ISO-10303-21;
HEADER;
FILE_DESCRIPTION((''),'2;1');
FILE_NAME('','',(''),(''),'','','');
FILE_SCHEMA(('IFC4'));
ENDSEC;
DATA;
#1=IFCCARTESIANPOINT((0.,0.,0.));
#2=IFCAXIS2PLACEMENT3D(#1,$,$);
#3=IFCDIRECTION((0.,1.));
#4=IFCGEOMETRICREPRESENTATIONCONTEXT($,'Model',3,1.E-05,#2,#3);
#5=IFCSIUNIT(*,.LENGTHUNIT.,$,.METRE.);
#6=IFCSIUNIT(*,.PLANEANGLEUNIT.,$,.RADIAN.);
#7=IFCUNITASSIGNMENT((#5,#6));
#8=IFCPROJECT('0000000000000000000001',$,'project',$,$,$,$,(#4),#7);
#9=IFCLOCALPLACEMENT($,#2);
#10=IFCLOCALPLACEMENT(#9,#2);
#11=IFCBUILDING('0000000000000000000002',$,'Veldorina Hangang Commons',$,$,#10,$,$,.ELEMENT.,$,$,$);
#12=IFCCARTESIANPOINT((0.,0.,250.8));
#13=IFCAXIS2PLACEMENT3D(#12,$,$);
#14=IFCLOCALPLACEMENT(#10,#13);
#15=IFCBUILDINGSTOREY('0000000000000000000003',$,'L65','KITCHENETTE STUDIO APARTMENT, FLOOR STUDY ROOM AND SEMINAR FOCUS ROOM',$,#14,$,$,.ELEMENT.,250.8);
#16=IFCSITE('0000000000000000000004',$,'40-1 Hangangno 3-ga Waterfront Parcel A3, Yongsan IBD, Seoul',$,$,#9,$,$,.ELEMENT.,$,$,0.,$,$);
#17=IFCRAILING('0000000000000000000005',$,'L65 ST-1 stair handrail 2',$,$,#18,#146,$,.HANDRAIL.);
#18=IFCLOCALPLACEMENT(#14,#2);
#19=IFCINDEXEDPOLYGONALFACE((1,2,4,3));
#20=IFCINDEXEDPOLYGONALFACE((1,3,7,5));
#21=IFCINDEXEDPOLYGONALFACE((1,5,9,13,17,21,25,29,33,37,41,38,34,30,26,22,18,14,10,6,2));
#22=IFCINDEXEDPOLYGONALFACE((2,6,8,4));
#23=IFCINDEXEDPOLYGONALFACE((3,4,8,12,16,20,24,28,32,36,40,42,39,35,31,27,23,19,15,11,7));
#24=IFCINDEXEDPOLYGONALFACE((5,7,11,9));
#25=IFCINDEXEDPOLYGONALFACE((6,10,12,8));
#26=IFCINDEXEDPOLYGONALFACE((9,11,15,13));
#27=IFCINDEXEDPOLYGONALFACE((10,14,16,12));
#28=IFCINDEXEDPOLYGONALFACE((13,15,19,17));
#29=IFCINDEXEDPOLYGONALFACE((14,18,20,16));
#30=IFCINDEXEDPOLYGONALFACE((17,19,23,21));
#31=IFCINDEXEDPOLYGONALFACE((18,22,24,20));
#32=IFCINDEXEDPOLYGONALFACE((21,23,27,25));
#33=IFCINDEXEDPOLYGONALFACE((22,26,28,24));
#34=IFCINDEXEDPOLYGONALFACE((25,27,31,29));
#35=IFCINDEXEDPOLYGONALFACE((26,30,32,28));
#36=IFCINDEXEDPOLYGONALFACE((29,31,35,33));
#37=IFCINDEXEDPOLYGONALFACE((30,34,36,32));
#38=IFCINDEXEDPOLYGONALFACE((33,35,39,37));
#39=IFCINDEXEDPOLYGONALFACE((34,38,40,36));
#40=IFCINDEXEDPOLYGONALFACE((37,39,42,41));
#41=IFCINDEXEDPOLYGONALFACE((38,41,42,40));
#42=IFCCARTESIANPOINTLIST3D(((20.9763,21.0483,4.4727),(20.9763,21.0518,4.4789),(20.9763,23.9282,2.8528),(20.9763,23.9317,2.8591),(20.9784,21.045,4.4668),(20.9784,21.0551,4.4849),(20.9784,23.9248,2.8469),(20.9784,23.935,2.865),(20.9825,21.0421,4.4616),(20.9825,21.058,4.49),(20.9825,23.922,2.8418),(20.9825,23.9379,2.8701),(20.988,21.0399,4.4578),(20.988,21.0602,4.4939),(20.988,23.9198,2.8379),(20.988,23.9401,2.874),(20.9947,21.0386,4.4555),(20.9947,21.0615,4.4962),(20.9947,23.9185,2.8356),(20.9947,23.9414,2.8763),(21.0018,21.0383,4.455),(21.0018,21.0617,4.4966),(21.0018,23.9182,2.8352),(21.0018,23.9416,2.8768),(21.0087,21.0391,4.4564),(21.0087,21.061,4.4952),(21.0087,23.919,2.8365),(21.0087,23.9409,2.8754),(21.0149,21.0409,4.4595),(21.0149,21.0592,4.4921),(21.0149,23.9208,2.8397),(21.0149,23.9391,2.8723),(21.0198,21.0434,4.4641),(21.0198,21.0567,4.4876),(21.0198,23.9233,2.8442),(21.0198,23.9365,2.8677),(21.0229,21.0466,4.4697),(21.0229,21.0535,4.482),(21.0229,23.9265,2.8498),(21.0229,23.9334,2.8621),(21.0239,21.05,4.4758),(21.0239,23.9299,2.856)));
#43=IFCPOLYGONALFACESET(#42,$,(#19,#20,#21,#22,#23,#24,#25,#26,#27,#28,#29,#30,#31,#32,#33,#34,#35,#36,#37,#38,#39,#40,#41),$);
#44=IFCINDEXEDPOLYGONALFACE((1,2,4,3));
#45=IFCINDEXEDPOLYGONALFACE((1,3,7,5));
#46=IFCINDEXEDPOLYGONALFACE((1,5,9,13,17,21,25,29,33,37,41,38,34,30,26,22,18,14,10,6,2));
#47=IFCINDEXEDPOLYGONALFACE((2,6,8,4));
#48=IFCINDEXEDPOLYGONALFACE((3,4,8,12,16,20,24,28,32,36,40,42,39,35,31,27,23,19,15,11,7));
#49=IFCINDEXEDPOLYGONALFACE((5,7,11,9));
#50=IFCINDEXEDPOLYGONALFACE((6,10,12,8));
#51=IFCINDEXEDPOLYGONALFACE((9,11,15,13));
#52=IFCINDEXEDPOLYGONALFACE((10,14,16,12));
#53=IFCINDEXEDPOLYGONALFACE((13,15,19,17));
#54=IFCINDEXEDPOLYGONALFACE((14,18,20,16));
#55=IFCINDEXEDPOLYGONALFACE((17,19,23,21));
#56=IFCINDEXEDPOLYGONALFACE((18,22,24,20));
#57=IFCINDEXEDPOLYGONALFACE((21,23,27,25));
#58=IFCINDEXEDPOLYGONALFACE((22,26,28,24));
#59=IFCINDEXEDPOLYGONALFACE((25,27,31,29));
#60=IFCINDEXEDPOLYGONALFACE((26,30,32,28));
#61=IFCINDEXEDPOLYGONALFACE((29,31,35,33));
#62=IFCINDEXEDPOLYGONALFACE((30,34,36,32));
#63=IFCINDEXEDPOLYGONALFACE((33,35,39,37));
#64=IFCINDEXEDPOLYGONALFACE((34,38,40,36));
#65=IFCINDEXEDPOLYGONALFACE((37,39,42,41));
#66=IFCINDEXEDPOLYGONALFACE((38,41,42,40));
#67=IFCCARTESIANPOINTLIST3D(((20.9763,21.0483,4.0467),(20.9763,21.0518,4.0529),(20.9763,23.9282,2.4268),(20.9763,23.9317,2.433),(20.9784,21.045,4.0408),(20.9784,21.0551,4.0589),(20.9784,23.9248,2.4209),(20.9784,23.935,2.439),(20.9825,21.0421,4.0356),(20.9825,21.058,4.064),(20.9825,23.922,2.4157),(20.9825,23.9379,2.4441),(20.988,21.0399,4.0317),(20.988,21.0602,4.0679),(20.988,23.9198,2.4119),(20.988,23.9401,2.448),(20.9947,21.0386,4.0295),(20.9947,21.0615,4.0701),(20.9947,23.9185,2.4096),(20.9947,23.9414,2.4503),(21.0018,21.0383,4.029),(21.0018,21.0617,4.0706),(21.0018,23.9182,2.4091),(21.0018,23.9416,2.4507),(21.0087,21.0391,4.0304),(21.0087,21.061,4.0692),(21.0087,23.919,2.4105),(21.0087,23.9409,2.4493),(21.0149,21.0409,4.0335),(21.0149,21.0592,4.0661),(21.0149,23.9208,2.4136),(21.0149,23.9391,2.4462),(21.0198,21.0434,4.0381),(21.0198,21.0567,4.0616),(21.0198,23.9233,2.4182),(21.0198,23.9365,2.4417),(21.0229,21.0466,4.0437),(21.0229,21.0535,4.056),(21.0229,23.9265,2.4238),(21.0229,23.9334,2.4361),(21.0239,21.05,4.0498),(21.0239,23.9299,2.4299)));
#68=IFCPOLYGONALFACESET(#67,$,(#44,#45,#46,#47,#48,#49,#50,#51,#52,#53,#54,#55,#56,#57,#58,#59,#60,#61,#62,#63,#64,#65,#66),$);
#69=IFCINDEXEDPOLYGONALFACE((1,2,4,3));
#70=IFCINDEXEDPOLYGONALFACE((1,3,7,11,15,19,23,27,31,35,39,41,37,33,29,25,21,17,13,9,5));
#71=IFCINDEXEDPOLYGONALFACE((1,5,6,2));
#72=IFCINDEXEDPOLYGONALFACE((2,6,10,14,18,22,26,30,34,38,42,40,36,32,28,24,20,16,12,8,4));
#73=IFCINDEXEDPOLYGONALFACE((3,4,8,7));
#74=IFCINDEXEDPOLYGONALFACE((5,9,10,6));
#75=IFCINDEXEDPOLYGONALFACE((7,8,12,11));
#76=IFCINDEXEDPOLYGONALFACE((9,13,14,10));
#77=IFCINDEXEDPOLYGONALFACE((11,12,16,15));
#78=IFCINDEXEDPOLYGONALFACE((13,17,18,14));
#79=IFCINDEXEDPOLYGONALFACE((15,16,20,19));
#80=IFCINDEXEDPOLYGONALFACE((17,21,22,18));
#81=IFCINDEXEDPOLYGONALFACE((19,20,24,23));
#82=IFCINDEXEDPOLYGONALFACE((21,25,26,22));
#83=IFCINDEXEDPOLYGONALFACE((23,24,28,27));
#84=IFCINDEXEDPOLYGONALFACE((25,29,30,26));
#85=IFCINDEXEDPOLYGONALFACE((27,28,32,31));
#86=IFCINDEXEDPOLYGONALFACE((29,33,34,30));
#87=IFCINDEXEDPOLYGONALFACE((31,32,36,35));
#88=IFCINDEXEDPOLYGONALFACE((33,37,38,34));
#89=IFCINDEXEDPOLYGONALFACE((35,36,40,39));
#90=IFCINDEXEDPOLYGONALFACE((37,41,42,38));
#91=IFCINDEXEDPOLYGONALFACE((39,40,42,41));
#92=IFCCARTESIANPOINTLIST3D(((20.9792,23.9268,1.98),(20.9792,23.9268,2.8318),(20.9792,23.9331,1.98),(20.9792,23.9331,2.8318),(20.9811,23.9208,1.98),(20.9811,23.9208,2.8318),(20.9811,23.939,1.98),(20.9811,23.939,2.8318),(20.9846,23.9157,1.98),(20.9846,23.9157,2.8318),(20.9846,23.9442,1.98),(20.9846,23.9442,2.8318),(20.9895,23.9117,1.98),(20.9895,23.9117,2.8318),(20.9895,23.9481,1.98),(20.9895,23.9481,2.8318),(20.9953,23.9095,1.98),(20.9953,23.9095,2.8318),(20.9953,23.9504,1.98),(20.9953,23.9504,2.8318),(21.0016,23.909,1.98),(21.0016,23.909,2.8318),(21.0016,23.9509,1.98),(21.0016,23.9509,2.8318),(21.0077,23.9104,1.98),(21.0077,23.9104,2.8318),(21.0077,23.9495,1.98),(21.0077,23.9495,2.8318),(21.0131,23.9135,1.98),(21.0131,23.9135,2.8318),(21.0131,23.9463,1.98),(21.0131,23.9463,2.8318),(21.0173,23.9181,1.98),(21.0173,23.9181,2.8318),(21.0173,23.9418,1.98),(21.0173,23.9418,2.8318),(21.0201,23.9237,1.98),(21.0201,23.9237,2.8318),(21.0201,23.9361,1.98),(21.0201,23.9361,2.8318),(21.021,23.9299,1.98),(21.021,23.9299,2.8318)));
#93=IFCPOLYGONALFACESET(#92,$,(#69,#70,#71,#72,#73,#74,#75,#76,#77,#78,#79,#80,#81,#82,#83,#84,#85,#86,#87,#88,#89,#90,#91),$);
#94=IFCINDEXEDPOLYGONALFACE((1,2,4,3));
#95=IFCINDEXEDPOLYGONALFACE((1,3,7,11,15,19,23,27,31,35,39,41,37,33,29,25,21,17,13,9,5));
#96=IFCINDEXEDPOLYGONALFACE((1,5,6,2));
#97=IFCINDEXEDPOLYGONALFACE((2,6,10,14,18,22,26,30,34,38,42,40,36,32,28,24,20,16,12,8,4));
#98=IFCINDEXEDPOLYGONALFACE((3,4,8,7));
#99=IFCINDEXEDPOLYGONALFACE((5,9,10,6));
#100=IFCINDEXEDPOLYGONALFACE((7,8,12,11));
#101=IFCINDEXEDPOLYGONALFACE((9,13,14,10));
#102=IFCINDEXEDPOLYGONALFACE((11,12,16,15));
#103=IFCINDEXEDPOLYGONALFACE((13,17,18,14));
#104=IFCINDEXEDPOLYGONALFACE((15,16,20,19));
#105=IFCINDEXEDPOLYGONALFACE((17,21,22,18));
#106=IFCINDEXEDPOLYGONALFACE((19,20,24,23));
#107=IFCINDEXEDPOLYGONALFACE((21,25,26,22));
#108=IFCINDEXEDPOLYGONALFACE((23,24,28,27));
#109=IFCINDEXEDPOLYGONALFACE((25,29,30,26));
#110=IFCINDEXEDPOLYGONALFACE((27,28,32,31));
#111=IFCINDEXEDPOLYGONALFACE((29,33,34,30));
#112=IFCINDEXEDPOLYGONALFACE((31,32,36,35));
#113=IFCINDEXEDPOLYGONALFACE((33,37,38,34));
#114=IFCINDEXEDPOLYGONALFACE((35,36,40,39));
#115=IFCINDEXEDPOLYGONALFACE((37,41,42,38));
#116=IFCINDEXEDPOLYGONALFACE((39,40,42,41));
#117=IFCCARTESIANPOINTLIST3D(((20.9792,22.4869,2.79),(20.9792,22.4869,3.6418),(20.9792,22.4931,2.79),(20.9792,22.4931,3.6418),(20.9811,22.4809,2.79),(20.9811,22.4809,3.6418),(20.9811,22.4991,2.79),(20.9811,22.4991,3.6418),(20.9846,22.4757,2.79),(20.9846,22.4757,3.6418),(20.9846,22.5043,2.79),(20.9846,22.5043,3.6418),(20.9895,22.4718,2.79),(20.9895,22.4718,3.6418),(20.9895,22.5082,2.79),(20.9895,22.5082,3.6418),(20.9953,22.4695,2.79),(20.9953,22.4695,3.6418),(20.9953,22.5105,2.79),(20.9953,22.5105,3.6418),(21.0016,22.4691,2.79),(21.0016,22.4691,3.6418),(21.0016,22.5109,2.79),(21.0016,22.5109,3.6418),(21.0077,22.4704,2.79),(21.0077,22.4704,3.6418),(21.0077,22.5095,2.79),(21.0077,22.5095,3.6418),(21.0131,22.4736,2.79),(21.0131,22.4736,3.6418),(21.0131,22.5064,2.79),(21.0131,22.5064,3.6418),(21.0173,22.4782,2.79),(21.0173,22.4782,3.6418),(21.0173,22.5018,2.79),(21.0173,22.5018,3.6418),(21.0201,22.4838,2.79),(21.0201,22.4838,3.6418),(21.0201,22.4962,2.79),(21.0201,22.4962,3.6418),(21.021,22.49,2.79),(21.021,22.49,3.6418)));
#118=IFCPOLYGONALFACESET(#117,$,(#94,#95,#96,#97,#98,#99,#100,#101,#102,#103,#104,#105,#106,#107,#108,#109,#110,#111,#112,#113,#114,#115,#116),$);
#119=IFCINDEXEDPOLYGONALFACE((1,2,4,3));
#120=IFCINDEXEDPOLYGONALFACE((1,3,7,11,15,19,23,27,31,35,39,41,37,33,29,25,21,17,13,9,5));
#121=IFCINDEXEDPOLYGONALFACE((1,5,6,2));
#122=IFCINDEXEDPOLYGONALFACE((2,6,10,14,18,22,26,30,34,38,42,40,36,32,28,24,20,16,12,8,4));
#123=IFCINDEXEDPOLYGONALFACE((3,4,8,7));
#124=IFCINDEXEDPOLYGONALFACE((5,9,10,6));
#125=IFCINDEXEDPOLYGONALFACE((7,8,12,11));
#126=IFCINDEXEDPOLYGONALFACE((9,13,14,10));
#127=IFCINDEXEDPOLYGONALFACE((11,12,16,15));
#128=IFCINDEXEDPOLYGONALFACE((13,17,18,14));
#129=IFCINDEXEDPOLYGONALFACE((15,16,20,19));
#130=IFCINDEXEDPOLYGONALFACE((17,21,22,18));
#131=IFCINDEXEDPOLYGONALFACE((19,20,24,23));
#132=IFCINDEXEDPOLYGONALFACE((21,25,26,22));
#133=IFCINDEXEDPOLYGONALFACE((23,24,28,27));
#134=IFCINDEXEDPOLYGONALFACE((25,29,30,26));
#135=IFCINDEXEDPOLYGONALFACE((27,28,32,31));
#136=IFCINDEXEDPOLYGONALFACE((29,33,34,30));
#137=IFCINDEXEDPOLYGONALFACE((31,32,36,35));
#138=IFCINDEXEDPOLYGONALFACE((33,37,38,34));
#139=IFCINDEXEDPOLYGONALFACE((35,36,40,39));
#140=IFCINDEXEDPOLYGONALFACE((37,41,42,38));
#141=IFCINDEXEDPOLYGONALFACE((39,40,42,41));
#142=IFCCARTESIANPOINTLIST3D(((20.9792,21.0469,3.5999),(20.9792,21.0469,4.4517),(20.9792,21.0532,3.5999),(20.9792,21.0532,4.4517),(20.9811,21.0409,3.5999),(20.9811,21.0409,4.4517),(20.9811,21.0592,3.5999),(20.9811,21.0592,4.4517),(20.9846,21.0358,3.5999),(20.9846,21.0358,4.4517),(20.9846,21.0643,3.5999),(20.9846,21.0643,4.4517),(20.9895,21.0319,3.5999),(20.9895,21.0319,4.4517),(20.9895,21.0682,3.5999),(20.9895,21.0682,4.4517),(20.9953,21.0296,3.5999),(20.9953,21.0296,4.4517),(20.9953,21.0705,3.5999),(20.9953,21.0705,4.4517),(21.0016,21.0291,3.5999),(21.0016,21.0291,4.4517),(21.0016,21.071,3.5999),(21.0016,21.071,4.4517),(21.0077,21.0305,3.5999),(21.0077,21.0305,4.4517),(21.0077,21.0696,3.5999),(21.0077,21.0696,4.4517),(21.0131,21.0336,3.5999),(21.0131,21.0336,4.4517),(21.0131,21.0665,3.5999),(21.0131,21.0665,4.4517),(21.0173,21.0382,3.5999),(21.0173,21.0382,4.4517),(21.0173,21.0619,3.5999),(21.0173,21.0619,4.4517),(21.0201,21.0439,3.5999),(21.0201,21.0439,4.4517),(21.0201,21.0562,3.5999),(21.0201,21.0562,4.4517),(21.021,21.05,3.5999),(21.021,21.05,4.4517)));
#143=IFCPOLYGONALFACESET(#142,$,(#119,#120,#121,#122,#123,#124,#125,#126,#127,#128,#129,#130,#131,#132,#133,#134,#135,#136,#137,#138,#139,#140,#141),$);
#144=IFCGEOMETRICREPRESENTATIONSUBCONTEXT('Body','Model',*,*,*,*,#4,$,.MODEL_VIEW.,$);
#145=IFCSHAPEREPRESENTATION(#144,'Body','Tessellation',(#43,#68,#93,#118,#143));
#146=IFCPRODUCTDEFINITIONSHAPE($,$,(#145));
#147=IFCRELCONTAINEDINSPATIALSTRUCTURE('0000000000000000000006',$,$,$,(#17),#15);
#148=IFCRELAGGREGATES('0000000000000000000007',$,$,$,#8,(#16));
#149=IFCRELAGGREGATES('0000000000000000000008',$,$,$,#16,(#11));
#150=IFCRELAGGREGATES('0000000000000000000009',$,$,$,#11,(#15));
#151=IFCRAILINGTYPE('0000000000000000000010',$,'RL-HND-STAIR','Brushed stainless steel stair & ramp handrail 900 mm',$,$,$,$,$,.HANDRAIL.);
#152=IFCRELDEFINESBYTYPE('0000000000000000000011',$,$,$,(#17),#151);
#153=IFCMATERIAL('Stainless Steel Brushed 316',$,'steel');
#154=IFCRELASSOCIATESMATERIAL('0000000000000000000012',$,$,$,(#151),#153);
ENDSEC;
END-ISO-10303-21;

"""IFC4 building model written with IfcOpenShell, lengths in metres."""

from ifc_helpers import new_model, si_unit, direction, frame, origin, origin_2d, place, context, subcontext, project, spatial, circle, extrude, material, type_object, element, save


model = new_model("IFC4")

# Units and contexts
model_context = context("Model", 3, precision=1e-05, world=origin(), true_north=direction((0.0, 1.0)))
body_context = subcontext(model_context, "Body", "Model", "MODEL_VIEW")
ifc_project = project(units=[si_unit("LENGTHUNIT", "METRE"), si_unit("PLANEANGLEUNIT", "RADIAN")], contexts=[model_context])

# Site, building, storey
site_placement = place(None, origin())
site = spatial("IfcSite", under=ifc_project, at=site_placement, Name="40-1 Hangangno 3-ga Waterfront Parcel A3, Yongsan IBD, Seoul", CompositionType="ELEMENT", RefElevation=0.0)
building_placement = place(site_placement, origin())
building = spatial("IfcBuilding", under=site, at=building_placement, Name="Veldorina Hangang Commons", CompositionType="ELEMENT")
storey_placement = place(building_placement, frame((0.0, 0.0, 250.8)))
storey = spatial("IfcBuildingStorey", under=building, at=storey_placement, Name="L65", Description="KITCHENETTE STUDIO APARTMENT, FLOOR STUDY ROOM AND SEMINAR FOCUS ROOM", CompositionType="ELEMENT", Elevation=250.8)

# Railing
ifc_material_1 = material(Name="Stainless Steel Brushed 316", Category="steel")
railing_type_1 = type_object("IfcRailingType", Name="RL-HND-STAIR", Description="Brushed stainless steel stair & ramp handrail 900 mm", PredefinedType="HANDRAIL", material=ifc_material_1)
railing_1_placement = place(storey_placement, frame((21.0, 23.9299, 1.98)))
element("IfcRailing", 1, at=railing_1_placement, inside=storey, type_object=railing_type_1, Name="L65 ST-1 stair handrail 2", PredefinedType="HANDRAIL", context=body_context, shape_type="SweptSolid", body=[
    extrude(circle(Radius=0.0239, at=origin_2d()), frame((0.0, 0.0, 0.876), z_axis=(0.0, -0.871583, 0.490247), x_axis=(1.0, 0.0, 0.0)), (0.0, 0.0, 1.0), 3.3042),
    extrude(circle(Radius=0.0239, at=origin_2d()), frame((0.0, 0.0, 0.45), z_axis=(0.0, -0.871583, 0.490247), x_axis=(1.0, 0.0, 0.0)), (0.0, 0.0, 1.0), 3.3042),
    extrude(circle(Radius=0.021, at=origin_2d()), origin(), (0.0, 0.0, 1.0), 0.8518),
    extrude(circle(Radius=0.021, at=origin_2d()), frame((0.0, -1.4399, 0.8101)), (0.0, 0.0, 1.0), 0.8518),
    extrude(circle(Radius=0.021, at=origin_2d()), frame((0.0, -2.8799, 1.6199)), (0.0, 0.0, 1.0), 0.8518),
])

save(model, "model.ifc")
